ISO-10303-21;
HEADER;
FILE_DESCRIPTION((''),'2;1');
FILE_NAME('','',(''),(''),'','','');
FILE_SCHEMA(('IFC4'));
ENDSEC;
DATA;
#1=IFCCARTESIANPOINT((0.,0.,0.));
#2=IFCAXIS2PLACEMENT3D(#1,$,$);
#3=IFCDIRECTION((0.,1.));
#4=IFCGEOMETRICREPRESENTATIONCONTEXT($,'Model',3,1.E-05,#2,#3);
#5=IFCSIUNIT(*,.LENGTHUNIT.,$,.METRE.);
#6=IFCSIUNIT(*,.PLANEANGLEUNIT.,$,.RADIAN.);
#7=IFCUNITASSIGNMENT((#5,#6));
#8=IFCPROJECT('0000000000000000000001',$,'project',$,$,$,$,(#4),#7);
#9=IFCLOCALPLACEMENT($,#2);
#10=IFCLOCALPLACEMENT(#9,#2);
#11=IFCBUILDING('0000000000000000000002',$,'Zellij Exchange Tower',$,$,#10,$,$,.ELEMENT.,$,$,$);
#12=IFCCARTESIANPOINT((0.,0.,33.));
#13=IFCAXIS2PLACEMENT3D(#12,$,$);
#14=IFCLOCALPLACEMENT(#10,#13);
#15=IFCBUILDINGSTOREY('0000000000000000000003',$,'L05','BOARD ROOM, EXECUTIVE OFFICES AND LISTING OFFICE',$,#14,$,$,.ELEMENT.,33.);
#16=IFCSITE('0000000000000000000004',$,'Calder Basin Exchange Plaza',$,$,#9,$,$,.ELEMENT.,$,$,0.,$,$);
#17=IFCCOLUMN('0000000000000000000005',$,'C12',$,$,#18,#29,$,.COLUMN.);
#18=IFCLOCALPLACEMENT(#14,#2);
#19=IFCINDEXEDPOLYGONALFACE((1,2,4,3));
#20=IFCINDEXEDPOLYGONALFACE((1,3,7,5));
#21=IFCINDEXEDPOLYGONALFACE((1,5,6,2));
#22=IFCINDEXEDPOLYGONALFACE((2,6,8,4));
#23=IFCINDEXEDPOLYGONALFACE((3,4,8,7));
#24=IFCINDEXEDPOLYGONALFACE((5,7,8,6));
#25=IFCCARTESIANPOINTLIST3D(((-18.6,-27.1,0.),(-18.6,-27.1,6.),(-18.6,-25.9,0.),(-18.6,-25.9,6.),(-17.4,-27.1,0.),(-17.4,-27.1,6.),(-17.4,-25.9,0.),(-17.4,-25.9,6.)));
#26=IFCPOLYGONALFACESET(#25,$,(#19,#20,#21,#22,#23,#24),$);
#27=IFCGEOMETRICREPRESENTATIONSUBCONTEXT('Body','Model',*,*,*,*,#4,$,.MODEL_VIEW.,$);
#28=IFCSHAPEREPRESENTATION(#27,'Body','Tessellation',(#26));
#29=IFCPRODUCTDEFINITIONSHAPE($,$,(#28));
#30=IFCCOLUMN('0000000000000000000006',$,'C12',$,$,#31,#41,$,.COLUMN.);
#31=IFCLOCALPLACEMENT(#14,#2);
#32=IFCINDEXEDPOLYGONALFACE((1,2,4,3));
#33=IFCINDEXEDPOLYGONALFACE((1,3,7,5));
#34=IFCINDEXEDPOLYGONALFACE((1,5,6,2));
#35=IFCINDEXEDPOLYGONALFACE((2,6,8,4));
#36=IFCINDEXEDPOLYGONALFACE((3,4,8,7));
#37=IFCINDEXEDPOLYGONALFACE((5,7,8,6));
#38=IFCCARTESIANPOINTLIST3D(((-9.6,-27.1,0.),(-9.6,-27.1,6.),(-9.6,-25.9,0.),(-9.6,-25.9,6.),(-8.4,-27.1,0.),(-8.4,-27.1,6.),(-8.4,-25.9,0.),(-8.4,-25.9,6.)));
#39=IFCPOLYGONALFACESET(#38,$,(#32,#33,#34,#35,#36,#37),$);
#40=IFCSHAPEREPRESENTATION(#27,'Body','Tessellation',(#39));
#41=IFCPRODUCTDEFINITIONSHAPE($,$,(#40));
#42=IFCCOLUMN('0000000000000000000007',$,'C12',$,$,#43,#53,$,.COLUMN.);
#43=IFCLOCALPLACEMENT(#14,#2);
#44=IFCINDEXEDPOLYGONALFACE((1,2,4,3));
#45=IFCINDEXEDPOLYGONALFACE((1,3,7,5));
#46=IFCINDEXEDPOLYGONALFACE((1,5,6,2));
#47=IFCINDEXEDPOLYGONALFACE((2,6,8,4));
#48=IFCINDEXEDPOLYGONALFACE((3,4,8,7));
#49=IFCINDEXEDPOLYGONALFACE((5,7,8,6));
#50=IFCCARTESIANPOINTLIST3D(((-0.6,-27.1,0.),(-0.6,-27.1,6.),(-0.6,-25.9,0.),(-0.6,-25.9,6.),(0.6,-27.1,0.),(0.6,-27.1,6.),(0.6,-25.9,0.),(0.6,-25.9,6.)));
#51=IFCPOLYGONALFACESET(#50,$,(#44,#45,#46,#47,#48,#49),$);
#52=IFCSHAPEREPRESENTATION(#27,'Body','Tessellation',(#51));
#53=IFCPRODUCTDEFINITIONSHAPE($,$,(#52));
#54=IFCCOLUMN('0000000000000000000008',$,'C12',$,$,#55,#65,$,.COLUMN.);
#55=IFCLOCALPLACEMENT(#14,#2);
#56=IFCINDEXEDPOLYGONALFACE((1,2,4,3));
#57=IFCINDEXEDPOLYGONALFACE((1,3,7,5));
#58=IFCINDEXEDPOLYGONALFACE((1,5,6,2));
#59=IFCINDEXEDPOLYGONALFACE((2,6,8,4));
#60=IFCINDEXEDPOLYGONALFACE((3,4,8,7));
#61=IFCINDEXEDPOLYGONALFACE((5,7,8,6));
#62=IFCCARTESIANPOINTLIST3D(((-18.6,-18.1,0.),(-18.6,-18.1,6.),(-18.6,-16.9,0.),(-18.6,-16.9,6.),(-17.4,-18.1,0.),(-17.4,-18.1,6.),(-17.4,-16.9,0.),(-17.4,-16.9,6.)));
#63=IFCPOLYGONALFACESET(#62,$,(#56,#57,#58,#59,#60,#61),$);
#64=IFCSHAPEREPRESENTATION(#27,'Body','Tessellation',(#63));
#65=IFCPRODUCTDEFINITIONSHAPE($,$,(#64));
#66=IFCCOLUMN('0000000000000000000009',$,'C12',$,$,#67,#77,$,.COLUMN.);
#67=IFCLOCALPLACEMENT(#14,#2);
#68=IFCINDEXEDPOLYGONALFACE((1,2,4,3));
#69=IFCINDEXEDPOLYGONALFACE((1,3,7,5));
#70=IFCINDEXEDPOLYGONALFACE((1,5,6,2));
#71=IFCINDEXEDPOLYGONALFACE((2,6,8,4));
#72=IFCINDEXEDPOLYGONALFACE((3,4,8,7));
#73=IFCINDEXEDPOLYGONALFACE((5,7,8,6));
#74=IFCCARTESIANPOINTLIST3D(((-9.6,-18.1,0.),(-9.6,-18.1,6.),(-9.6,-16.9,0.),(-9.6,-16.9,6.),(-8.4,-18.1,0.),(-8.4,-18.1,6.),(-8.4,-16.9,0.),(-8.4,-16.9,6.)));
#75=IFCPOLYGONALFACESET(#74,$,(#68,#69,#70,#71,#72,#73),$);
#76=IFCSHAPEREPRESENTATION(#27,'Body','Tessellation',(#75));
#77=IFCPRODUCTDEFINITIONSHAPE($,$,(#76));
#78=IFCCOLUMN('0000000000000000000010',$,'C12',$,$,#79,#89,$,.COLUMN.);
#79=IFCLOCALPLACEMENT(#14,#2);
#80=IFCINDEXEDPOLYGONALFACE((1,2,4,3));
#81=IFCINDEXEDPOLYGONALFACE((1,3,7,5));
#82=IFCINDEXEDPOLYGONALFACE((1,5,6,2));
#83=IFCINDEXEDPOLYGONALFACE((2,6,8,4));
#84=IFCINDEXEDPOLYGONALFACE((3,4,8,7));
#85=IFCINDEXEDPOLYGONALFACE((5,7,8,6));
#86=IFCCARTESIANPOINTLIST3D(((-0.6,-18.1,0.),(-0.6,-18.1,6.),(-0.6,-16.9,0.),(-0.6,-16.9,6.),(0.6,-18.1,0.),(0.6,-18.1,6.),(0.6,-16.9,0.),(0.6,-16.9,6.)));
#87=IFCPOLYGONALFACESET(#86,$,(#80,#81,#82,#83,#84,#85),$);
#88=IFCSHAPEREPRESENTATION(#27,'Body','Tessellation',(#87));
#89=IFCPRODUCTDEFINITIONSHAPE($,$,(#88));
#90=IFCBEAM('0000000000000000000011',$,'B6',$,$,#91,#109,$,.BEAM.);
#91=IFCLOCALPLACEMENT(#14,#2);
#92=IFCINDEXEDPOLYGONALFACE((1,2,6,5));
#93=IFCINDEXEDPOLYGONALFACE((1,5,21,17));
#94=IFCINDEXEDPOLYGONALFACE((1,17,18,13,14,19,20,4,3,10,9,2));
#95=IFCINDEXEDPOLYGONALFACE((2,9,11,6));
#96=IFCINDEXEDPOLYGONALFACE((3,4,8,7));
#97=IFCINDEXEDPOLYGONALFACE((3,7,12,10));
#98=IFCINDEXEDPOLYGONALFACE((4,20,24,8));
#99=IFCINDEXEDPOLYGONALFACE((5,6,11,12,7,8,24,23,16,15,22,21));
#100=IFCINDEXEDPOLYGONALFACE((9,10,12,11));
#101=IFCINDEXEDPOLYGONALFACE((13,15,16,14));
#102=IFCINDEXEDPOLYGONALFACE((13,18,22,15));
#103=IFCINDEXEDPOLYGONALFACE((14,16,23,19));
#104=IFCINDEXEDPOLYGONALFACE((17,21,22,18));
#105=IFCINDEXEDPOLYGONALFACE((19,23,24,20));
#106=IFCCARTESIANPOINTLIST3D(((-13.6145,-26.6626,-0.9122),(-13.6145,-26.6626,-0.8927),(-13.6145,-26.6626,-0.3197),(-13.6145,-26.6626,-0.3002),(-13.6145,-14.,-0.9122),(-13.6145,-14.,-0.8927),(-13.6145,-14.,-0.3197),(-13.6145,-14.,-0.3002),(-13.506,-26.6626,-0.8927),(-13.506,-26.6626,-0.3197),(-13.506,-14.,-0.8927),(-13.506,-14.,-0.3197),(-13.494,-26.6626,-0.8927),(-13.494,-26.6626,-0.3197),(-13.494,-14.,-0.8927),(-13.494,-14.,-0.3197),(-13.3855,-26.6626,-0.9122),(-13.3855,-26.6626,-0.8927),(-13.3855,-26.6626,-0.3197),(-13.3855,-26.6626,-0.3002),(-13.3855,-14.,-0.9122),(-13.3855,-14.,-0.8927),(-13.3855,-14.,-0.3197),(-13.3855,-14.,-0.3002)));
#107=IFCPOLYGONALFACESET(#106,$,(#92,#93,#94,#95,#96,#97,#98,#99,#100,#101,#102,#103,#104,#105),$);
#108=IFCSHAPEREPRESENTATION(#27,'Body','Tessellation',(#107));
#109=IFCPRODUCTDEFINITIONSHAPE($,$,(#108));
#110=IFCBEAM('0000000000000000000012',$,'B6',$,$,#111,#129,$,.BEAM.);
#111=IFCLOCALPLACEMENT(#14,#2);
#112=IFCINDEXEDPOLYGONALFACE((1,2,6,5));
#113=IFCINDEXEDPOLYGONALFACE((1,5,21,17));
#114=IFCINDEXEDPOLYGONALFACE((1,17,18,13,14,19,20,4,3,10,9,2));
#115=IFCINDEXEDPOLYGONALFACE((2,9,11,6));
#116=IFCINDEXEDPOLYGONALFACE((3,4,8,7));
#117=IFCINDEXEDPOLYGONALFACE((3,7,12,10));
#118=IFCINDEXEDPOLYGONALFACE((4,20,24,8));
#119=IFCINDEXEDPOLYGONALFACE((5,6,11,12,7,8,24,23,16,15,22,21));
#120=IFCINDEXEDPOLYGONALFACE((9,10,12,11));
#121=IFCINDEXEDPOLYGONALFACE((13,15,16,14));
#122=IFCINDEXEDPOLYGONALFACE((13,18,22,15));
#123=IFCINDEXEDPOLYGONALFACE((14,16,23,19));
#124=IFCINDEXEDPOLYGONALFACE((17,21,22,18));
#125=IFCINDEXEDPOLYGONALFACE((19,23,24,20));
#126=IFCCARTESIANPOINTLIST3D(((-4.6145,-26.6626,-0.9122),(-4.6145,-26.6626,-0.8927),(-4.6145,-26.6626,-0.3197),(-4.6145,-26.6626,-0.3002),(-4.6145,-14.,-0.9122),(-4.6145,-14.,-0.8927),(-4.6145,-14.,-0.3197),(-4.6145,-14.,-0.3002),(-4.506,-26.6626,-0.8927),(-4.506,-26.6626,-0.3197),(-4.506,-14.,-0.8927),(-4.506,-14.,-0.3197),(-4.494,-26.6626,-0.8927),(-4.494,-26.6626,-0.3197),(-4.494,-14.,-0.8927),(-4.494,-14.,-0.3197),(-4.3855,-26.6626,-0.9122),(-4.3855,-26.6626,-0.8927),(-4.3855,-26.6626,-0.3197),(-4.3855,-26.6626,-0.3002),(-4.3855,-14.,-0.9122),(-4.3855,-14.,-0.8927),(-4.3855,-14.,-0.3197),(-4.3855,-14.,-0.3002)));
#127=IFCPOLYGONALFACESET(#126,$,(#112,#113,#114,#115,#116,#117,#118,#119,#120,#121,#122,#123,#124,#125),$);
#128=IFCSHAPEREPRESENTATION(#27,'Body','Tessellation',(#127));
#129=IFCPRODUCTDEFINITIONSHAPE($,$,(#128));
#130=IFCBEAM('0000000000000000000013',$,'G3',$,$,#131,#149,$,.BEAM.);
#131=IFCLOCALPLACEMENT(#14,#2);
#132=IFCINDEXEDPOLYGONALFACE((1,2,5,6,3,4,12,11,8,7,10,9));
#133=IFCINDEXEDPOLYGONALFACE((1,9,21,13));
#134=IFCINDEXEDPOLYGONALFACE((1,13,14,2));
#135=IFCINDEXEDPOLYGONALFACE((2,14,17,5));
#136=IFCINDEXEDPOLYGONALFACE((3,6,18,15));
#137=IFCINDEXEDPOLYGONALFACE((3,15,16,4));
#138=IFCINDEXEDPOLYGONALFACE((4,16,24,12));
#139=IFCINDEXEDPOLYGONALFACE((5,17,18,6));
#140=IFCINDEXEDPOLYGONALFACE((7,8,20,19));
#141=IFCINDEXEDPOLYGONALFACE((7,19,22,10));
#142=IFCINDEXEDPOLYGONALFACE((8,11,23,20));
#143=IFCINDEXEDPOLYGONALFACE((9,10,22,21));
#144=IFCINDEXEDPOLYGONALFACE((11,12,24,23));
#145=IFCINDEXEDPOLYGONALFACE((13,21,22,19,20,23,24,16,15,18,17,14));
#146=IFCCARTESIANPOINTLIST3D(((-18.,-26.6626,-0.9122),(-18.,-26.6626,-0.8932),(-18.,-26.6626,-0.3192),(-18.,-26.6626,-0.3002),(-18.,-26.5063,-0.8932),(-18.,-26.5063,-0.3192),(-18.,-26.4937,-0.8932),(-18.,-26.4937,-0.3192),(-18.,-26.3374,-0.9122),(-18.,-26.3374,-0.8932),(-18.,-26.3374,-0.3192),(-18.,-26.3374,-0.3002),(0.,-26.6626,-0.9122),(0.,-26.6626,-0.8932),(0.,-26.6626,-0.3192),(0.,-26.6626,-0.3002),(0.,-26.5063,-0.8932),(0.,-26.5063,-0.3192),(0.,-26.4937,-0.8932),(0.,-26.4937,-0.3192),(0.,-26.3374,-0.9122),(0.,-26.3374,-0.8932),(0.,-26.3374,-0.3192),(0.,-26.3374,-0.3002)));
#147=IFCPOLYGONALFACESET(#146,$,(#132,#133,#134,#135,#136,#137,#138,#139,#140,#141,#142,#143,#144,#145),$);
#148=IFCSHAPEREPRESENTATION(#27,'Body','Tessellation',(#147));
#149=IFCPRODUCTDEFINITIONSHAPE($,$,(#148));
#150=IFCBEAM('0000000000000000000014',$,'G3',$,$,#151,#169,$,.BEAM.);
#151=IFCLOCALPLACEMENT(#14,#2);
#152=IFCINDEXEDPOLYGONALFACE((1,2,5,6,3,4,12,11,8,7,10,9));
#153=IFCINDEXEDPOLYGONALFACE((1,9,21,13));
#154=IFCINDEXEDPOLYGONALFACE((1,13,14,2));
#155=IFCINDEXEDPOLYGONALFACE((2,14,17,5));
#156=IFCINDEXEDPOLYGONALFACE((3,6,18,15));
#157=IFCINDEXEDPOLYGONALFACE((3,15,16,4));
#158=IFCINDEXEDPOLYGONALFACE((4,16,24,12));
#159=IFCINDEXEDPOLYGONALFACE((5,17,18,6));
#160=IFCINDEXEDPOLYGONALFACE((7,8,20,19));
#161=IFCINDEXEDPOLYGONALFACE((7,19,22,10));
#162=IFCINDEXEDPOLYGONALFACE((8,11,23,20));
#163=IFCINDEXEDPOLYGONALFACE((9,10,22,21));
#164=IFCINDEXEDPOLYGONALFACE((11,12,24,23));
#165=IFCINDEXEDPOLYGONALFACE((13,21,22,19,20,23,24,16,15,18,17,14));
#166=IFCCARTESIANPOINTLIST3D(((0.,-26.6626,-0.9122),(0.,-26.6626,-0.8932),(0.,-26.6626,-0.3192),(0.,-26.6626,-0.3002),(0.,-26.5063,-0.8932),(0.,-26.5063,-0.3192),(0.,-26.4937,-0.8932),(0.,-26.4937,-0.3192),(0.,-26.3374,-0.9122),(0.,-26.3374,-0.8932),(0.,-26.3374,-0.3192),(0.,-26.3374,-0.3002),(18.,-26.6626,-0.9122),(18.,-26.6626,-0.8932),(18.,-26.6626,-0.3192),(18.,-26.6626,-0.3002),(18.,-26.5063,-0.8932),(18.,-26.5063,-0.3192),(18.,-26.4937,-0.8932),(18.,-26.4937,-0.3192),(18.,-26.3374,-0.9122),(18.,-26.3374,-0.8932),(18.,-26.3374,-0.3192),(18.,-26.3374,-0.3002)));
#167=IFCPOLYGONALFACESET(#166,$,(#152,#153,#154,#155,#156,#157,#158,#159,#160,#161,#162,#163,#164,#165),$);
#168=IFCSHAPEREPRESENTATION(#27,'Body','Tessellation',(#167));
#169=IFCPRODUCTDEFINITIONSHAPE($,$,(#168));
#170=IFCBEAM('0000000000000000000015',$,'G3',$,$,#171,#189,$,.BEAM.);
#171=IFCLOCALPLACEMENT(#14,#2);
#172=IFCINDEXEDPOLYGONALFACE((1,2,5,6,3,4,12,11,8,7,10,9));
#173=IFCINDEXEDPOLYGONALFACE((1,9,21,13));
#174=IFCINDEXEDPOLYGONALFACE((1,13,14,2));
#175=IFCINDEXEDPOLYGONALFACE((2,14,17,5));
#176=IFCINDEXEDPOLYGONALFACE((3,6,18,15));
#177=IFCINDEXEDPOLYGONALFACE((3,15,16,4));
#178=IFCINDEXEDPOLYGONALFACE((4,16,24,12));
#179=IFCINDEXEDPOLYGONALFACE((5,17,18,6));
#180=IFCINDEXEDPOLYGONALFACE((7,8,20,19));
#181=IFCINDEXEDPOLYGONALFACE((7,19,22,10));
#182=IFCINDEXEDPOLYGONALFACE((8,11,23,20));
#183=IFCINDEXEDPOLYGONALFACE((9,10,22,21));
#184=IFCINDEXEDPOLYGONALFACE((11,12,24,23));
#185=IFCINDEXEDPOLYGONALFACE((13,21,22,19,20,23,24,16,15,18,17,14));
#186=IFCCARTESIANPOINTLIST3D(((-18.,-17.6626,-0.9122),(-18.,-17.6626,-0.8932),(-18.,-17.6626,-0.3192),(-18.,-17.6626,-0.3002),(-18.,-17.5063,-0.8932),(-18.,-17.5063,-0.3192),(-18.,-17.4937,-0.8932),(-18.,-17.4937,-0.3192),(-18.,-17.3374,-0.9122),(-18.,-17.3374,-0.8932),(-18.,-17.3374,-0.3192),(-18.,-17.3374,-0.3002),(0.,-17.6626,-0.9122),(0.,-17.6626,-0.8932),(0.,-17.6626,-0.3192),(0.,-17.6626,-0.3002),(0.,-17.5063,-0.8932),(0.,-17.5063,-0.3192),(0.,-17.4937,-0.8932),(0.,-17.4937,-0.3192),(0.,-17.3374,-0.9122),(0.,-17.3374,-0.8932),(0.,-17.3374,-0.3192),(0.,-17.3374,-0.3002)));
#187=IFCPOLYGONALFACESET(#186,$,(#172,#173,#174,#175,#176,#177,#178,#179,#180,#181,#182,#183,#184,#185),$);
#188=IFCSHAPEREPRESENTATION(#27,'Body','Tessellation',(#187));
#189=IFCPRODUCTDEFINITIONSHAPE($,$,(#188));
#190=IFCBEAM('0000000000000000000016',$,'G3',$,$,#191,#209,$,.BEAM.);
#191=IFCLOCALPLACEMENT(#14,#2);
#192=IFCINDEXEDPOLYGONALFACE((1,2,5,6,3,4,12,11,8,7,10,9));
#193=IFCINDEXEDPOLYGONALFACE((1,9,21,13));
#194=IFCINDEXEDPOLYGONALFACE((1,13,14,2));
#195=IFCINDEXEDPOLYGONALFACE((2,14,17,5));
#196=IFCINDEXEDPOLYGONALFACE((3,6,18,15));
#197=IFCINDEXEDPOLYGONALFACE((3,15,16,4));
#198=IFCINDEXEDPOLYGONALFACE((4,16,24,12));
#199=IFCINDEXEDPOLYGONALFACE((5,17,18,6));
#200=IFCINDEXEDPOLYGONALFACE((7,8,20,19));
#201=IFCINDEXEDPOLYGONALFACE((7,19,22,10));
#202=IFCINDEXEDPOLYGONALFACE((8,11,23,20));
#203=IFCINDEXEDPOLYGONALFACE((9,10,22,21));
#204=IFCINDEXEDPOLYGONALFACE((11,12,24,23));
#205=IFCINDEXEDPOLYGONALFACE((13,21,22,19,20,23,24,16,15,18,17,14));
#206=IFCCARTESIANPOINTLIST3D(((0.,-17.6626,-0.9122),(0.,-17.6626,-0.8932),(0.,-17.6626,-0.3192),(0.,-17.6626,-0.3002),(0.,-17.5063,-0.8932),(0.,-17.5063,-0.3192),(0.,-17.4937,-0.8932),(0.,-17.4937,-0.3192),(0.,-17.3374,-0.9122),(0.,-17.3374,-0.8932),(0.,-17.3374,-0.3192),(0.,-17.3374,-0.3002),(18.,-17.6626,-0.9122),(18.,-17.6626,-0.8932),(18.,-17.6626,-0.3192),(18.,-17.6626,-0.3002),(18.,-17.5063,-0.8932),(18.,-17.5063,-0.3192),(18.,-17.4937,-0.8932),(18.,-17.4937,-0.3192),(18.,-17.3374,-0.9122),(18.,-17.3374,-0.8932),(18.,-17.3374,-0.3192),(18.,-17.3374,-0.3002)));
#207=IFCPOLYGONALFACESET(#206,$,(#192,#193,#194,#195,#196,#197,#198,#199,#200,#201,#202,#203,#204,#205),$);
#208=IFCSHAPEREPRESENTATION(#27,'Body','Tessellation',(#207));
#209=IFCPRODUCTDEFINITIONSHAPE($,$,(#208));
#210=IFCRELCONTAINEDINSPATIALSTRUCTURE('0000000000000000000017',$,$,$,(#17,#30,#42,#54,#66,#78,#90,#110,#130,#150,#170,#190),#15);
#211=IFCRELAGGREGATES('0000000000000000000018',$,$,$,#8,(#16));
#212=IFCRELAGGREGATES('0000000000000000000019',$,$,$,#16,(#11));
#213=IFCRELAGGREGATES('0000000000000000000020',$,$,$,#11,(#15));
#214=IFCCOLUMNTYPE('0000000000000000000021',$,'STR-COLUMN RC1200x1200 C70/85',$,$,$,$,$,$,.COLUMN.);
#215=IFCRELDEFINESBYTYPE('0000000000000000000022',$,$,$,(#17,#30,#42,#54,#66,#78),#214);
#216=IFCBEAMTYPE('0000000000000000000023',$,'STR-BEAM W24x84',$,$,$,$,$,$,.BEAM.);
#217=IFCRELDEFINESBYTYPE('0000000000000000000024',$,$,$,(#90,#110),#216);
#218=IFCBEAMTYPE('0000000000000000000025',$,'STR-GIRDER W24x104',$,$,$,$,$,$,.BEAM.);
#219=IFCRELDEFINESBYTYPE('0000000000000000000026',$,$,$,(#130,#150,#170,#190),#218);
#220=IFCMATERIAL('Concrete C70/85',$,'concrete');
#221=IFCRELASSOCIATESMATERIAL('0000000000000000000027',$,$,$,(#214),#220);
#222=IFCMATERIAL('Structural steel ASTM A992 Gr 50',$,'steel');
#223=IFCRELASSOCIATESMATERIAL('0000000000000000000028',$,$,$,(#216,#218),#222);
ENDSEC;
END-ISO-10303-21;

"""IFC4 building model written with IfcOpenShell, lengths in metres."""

from ifc_helpers import new_model, si_unit, direction, frame, origin, origin_2d, place, context, subcontext, project, spatial, rectangle, i_section, extrude, material, material_profile, profile_set, type_object, element, save


model = new_model("IFC4")

# Units and contexts
model_context = context("Model", 3, precision=1e-05, world=origin(), true_north=direction((0.0, 1.0)))
body_context = subcontext(model_context, "Body", "Model", "MODEL_VIEW")
ifc_project = project(units=[si_unit("LENGTHUNIT", "METRE"), si_unit("PLANEANGLEUNIT", "RADIAN")], contexts=[model_context])

# Site, building, storey
site_placement = place(None, origin())
site = spatial("IfcSite", under=ifc_project, at=site_placement, Name="Calder Basin Exchange Plaza", CompositionType="ELEMENT", RefElevation=0.0)
building_placement = place(site_placement, origin())
building = spatial("IfcBuilding", under=site, at=building_placement, Name="Zellij Exchange Tower", CompositionType="ELEMENT")
storey_placement = place(building_placement, frame((0.0, 0.0, 33.0)))
storey = spatial("IfcBuildingStorey", under=building, at=storey_placement, Name="L05", Description="BOARD ROOM, EXECUTIVE OFFICES AND LISTING OFFICE", CompositionType="ELEMENT", Elevation=33.0)

# Columns
ifc_material_1 = material(Name="Concrete C70/85", Category="concrete")
ifc_material_profile_1 = material_profile(ifc_material_1, rectangle(XDim=1.2, YDim=1.2, at=origin_2d()), Name="STR-COLUMN RC1200x1200 C70/85")
ifc_profile_set_1 = profile_set([ifc_material_profile_1], Name="Concrete C70/85")
column_type = type_object("IfcColumnType", Name="STR-COLUMN RC1200x1200 C70/85", PredefinedType="COLUMN", material=ifc_profile_set_1)
for number, where, z_axis, x_axis, name in (
    (1, (-18.0, -26.5, 0.0), (0.0, 0.0, 1.0), (1.0, 0.0, 0.0), "C12"),
    (2, (-9.0, -26.5, 0.0), (0.0, 0.0, 1.0), (1.0, 0.0, 0.0), "C12"),
    (3, (0.0, -26.5, 0.0), (0.0, 0.0, 1.0), (1.0, 0.0, 0.0), "C12"),
    (4, (-18.0, -17.5, 0.0), (0.0, 0.0, 1.0), (1.0, 0.0, 0.0), "C12"),
    (5, (-9.0, -17.5, 0.0), (0.0, 0.0, 1.0), (1.0, 0.0, 0.0), "C12"),
    (6, (0.0, -17.5, 0.0), (0.0, 0.0, 1.0), (1.0, 0.0, 0.0), "C12"),
):
    element("IfcColumn", number, at=place(storey_placement, frame(where, z_axis=z_axis, x_axis=x_axis)), inside=storey, type_object=column_type, Name=name, PredefinedType="COLUMN", context=body_context, shape_type="SweptSolid", body=[
        extrude(rectangle(XDim=1.2, YDim=1.2, at=origin_2d()), origin(), (0.0, 0.0, 1.0), 6.0),
    ])

# Beams
ifc_material_2 = material(Name="Structural steel ASTM A992 Gr 50", Category="steel")
ifc_material_profile_2 = material_profile(ifc_material_2, i_section(OverallWidth=0.229, OverallDepth=0.6121, WebThickness=0.012, FlangeThickness=0.0195, at=origin_2d()), Name="W24x84")
ifc_profile_set_2 = profile_set([ifc_material_profile_2], Name="Structural steel ASTM A992 Gr 50")
beam_type_1 = type_object("IfcBeamType", Name="STR-BEAM W24x84", PredefinedType="BEAM", material=ifc_profile_set_2)
for number, where, z_axis, x_axis, name in (
    (7, (-13.5, -26.6626, -0.6062), (0.0, 1.0, 0.0), (-1.0, 0.0, 0.0), "B6"),
    (8, (-4.5, -26.6626, -0.6062), (0.0, 1.0, 0.0), (-1.0, 0.0, 0.0), "B6"),
):
    element("IfcBeam", number, at=place(storey_placement, frame(where, z_axis=z_axis, x_axis=x_axis)), inside=storey, type_object=beam_type_1, Name=name, PredefinedType="BEAM", context=body_context, shape_type="SweptSolid", body=[
        extrude(i_section(OverallWidth=0.229, OverallDepth=0.6121, WebThickness=0.012, FlangeThickness=0.0195, at=origin_2d()), origin(), (0.0, 0.0, 1.0), 12.6626),
    ])
ifc_material_profile_3 = material_profile(ifc_material_2, i_section(OverallWidth=0.3252, OverallDepth=0.6121, WebThickness=0.0127, FlangeThickness=0.019, at=origin_2d()), Name="W24x104")
ifc_profile_set_3 = profile_set([ifc_material_profile_3], Name="Structural steel ASTM A992 Gr 50")
beam_type_2 = type_object("IfcBeamType", Name="STR-GIRDER W24x104", PredefinedType="BEAM", material=ifc_profile_set_3)
for number, where, z_axis, x_axis, name in (
    (9, (-18.0, -26.5, -0.6062), (1.0, 0.0, 0.0), (0.0, 1.0, 0.0), "G3"),
    (10, (0.0, -26.5, -0.6062), (1.0, 0.0, 0.0), (0.0, 1.0, 0.0), "G3"),
    (11, (-18.0, -17.5, -0.6062), (1.0, 0.0, 0.0), (0.0, 1.0, 0.0), "G3"),
    (12, (0.0, -17.5, -0.6062), (1.0, 0.0, 0.0), (0.0, 1.0, 0.0), "G3"),
):
    element("IfcBeam", number, at=place(storey_placement, frame(where, z_axis=z_axis, x_axis=x_axis)), inside=storey, type_object=beam_type_2, Name=name, PredefinedType="BEAM", context=body_context, shape_type="SweptSolid", body=[
        extrude(i_section(OverallWidth=0.3252, OverallDepth=0.6121, WebThickness=0.0127, FlangeThickness=0.019, at=origin_2d()), origin(), (0.0, 0.0, 1.0), 18.0),
    ])

save(model, "model.ifc")
